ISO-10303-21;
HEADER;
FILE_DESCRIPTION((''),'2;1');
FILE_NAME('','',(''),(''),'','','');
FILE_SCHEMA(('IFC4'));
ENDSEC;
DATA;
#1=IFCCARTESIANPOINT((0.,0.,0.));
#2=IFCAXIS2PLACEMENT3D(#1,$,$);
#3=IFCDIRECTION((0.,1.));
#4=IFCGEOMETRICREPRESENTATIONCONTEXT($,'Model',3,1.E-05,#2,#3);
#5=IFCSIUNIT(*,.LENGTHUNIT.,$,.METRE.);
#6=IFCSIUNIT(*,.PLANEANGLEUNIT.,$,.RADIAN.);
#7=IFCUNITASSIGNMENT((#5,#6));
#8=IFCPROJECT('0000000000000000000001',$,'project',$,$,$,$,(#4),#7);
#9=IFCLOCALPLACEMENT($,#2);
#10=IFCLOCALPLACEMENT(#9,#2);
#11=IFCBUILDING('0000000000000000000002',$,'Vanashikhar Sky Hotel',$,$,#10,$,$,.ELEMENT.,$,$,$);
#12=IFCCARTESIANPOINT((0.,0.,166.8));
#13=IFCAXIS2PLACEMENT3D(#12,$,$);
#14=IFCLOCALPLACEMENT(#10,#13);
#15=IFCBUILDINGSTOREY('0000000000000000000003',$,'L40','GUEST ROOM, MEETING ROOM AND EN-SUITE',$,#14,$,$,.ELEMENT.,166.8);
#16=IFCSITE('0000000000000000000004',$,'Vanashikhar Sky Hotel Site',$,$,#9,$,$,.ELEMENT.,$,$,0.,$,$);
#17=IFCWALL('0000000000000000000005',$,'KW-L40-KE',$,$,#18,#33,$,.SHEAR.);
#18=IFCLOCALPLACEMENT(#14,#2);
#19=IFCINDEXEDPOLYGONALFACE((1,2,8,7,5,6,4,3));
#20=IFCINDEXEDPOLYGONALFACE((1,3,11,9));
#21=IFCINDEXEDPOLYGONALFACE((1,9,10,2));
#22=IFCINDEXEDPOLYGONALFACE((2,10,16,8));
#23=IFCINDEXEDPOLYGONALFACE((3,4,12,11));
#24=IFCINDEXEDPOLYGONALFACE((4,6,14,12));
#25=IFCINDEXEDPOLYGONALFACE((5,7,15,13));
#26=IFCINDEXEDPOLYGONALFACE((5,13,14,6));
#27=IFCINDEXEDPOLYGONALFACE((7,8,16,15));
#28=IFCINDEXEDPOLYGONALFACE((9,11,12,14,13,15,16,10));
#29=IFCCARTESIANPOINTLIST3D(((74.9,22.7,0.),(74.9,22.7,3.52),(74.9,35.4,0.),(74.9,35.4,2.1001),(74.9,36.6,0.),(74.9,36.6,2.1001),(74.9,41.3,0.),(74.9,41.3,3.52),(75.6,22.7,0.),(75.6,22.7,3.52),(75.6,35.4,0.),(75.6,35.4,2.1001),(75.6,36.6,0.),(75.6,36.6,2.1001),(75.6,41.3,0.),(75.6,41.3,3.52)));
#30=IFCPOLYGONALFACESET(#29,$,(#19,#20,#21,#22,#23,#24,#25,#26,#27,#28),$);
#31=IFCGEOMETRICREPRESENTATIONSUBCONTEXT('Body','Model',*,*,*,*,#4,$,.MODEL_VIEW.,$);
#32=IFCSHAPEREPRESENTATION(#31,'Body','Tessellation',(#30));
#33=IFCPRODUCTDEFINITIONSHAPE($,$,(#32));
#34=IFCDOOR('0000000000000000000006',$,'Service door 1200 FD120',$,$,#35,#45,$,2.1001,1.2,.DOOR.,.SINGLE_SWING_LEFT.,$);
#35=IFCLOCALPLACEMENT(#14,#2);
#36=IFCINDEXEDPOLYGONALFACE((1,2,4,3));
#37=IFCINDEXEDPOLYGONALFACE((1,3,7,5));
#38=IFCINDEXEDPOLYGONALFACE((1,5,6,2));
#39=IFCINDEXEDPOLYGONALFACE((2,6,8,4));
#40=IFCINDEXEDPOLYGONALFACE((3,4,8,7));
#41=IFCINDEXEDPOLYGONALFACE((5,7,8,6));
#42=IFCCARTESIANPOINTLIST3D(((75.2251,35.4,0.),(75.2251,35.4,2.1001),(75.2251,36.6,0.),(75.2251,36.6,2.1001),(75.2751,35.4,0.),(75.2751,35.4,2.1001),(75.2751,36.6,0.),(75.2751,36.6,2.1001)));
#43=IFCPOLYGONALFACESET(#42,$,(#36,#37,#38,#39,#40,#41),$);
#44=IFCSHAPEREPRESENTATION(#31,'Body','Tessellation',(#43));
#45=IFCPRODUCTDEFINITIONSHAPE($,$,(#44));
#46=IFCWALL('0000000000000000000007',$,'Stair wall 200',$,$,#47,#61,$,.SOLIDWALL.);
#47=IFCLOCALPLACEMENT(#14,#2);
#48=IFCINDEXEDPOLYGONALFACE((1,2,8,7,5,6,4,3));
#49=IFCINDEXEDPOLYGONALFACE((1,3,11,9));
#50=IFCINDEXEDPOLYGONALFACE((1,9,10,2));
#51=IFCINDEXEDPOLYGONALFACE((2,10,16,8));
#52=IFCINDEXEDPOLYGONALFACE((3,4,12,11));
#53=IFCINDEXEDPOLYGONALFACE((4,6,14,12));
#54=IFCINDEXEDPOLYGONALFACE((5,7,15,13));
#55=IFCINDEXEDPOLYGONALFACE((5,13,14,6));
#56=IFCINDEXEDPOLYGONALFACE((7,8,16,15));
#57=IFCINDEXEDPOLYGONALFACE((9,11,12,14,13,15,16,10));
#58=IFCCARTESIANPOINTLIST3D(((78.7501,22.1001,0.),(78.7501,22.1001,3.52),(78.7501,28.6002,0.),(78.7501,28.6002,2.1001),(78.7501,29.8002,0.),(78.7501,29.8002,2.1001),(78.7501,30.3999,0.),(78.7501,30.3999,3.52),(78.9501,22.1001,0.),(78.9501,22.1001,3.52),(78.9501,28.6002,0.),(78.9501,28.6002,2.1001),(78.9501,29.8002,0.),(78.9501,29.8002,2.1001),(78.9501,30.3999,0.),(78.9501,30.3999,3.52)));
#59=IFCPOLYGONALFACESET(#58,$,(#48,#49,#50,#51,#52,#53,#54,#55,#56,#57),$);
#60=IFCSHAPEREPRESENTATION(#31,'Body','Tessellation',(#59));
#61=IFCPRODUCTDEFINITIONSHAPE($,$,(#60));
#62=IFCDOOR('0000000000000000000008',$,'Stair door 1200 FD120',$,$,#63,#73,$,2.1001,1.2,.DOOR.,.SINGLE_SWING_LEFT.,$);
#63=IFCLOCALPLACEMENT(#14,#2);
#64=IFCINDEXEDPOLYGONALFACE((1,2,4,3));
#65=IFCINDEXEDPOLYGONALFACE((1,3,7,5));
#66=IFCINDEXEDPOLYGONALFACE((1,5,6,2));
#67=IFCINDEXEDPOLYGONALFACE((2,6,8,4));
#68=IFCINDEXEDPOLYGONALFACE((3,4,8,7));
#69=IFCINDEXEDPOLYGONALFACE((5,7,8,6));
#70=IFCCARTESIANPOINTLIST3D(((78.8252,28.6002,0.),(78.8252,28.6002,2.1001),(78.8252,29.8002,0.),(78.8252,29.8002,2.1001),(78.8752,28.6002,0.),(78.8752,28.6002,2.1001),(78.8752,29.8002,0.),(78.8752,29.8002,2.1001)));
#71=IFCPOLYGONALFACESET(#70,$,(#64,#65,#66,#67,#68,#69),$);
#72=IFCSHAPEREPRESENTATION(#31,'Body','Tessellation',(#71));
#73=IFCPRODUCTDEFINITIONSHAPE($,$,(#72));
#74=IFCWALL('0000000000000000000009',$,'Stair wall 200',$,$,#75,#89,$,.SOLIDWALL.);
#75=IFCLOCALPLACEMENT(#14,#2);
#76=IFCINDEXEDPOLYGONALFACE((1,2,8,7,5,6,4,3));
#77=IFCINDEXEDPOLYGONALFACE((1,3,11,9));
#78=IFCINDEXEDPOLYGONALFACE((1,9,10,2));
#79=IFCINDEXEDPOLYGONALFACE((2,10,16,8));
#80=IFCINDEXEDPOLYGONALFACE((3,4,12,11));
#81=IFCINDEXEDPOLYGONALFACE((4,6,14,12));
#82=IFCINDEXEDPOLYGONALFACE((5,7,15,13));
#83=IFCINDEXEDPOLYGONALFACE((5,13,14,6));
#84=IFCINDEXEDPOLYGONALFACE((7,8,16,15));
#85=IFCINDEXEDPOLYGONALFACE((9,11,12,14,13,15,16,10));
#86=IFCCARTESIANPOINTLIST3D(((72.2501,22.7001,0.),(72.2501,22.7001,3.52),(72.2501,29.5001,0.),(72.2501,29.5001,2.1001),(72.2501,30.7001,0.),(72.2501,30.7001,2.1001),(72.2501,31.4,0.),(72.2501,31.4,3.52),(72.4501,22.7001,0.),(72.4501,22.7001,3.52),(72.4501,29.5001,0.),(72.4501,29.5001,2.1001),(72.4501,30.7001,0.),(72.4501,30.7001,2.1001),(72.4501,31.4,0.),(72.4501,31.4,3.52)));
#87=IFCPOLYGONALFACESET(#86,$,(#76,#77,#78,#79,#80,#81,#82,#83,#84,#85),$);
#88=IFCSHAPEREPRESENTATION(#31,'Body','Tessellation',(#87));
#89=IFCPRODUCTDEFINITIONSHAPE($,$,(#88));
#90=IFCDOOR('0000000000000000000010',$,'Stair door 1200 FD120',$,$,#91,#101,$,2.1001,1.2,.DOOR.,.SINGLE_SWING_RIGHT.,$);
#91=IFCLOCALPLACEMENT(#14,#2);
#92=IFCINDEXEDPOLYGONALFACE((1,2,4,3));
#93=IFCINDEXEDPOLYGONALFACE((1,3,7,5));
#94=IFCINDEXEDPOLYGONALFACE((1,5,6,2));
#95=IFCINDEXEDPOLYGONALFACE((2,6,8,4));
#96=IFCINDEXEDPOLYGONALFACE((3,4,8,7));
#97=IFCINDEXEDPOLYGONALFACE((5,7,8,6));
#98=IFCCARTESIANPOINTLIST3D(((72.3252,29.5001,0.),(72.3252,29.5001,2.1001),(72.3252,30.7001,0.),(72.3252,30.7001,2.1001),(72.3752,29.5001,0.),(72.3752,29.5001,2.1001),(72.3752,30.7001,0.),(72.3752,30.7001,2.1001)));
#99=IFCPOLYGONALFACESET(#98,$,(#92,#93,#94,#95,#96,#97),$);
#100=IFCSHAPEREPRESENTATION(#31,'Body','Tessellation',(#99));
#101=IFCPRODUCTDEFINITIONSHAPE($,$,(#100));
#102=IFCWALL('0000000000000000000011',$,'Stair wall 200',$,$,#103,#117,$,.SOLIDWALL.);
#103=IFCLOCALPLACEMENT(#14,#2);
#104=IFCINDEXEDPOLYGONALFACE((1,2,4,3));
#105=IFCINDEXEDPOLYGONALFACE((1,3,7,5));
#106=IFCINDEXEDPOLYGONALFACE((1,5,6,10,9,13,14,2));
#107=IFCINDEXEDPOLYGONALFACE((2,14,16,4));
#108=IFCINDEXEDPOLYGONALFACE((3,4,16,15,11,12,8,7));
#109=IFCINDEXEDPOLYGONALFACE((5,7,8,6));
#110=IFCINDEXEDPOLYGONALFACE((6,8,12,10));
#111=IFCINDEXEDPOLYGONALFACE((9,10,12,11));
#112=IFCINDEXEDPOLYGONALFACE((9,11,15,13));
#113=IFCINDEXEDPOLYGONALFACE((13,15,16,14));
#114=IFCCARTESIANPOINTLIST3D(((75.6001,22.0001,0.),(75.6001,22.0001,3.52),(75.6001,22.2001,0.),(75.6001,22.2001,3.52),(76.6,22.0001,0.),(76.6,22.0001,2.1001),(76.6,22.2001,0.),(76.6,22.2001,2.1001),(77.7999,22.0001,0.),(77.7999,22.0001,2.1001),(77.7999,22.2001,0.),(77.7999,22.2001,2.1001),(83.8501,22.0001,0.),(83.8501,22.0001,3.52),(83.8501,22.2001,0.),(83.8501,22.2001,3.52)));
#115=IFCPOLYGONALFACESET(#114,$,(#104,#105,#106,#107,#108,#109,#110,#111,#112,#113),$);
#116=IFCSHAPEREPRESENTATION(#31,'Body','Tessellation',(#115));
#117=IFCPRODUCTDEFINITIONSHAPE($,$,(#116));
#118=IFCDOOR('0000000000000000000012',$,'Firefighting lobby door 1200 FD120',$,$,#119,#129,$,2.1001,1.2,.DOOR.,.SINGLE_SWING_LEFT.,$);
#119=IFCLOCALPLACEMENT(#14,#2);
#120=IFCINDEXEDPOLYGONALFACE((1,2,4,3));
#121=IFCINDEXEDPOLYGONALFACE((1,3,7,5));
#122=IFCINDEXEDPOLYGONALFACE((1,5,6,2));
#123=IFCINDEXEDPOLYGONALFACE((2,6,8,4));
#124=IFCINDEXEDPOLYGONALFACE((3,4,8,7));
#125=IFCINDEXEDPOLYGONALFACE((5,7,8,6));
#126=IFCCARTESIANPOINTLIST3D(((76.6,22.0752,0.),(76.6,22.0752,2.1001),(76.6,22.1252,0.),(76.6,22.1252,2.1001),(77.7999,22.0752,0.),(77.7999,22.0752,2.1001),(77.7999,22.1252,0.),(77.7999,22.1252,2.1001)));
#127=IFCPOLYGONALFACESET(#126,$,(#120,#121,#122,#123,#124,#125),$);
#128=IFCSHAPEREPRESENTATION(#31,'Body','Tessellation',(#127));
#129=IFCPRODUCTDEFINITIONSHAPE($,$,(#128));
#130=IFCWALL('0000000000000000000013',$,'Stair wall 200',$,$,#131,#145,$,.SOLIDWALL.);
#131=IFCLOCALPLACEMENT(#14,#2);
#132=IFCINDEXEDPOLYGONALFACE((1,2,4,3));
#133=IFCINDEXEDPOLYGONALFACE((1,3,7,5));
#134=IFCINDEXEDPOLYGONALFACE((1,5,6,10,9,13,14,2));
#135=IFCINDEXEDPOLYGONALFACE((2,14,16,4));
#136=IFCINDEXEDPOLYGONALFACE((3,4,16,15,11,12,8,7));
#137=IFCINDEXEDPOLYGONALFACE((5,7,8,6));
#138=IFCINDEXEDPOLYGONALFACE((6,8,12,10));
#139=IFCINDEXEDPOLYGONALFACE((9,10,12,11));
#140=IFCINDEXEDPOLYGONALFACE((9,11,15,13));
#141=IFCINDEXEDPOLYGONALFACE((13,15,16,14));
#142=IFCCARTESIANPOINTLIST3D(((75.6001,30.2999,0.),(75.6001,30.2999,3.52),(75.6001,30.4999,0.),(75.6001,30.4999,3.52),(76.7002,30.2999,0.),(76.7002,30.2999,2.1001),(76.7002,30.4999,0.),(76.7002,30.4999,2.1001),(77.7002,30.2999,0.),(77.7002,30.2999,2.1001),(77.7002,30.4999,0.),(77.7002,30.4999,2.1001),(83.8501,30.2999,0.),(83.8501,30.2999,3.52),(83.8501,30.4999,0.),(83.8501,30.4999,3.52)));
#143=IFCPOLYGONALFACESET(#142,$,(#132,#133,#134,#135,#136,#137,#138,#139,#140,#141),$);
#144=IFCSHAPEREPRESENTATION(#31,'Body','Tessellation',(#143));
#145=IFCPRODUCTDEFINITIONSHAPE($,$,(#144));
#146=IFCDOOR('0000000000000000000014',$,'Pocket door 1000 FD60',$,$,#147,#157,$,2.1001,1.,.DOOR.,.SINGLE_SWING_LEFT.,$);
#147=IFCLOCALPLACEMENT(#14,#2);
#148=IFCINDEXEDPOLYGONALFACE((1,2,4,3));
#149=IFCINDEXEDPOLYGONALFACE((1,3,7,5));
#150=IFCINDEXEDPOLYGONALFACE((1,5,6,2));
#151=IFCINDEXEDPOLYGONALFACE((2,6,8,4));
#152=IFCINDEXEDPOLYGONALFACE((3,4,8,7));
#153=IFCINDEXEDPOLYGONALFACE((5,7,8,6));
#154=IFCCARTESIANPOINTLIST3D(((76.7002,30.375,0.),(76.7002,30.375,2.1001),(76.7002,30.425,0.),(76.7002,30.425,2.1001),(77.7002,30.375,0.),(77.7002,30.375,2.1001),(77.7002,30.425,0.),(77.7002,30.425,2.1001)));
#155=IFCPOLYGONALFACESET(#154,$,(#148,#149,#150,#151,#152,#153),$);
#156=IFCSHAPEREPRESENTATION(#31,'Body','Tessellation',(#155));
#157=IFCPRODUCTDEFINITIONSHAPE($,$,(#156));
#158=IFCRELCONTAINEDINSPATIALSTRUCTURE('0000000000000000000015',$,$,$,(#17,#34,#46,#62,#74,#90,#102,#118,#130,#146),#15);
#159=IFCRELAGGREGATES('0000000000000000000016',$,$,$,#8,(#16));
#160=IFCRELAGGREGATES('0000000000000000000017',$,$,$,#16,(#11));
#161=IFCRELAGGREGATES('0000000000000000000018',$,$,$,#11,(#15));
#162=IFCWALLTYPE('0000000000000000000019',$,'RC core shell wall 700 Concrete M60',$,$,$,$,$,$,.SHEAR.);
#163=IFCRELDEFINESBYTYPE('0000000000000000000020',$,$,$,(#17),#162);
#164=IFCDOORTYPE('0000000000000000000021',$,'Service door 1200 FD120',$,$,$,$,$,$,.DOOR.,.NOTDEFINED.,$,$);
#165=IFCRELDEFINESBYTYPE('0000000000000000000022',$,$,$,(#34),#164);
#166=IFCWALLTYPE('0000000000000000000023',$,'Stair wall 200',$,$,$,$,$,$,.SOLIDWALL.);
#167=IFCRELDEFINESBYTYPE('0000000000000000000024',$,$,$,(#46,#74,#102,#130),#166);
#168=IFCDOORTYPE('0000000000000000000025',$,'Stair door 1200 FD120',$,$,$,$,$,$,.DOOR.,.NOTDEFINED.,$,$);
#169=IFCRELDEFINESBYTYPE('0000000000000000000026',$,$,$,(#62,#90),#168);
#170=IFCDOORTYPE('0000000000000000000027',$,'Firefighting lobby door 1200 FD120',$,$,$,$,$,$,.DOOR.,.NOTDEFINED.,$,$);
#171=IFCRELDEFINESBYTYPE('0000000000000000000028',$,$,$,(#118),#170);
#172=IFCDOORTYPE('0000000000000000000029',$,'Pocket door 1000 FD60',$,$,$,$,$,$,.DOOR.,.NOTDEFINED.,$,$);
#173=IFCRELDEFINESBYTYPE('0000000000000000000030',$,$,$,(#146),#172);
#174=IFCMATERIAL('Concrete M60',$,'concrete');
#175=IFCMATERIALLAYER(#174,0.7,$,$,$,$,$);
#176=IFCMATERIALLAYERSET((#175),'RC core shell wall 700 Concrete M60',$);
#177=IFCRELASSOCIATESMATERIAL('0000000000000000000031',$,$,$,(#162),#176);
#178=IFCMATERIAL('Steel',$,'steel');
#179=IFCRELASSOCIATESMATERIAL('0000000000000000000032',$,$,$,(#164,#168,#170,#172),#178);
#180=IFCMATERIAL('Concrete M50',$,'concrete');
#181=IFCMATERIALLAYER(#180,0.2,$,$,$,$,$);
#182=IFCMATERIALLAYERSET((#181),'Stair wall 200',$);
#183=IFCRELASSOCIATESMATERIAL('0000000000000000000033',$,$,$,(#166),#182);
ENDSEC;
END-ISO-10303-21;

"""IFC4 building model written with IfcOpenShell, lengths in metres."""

from ifc_helpers import new_model, si_unit, direction, frame, frame_2d, origin, place, context, subcontext, project, spatial, rectangle, extrude, source, transform, mapped, material, layer, layer_set, type_object, element, fill, save


model = new_model("IFC4")

# Units and contexts
model_context = context("Model", 3, precision=1e-05, world=origin(), true_north=direction((0.0, 1.0)))
body_context = subcontext(model_context, "Body", "Model", "MODEL_VIEW")
ifc_project = project(units=[si_unit("LENGTHUNIT", "METRE"), si_unit("PLANEANGLEUNIT", "RADIAN")], contexts=[model_context])

# Site, building, storey
site_placement = place(None, origin())
site = spatial("IfcSite", under=ifc_project, at=site_placement, Name="Vanashikhar Sky Hotel Site", CompositionType="ELEMENT", RefElevation=0.0)
building_placement = place(site_placement, origin())
building = spatial("IfcBuilding", under=site, at=building_placement, Name="Vanashikhar Sky Hotel", CompositionType="ELEMENT")
storey_placement = place(building_placement, frame((0.0, 0.0, 166.8)))
storey = spatial("IfcBuildingStorey", under=building, at=storey_placement, Name="L40", Description="GUEST ROOM, MEETING ROOM AND EN-SUITE", CompositionType="ELEMENT", Elevation=166.8)

# Walls, openings, doors
ifc_material_1 = material(Name="Concrete M60", Category="concrete")
ifc_layer_1 = layer(ifc_material_1, 0.7)
ifc_layer_set_1 = layer_set([ifc_layer_1], Name="RC core shell wall 700 Concrete M60")
wall_type_1 = type_object("IfcWallType", Name="RC core shell wall 700 Concrete M60", PredefinedType="SHEAR", material=ifc_layer_set_1)
shared_shape_1 = source(origin(), body_context, "Body", "SweptSolid", [
    extrude(rectangle(XDim=18.6001, YDim=0.7, at=frame_2d((9.3, 0.0))), origin(), (0.0, 0.0, 1.0), 3.52),
])
wall_1_placement = place(storey_placement, frame((75.25, 22.7, 0.0), z_axis=(0.0, 0.0, 1.0), x_axis=(0.0, 1.0, 0.0)))
wall_1 = element("IfcWall", 1, at=wall_1_placement, inside=storey, type_object=wall_type_1, Name="KW-L40-KE", PredefinedType="SHEAR", context=body_context, shape_type="MappedRepresentation", body=[
    mapped(shared_shape_1, transform((0.0, 0.0, 0.0), scale=1.0)),
])
shared_shape_2 = source(origin(), body_context, "Body", "SweptSolid", [
    extrude(rectangle(XDim=1.2, YDim=2.1001, at=frame_2d((0.6001, 1.05))), frame((0.0, 0.3599, 0.0), z_axis=(0.0, -1.0, 0.0), x_axis=(1.0, 0.0, 0.0)), (0.0, 0.0, 1.0), 0.72),
])
opening_1_placement = place(wall_1_placement, frame((12.7, 0.0, 0.0)))
opening_1 = element("IfcOpeningElement", 2, at=opening_1_placement, cuts=wall_1, PredefinedType="OPENING", context=body_context, shape_type="MappedRepresentation", body=[
    mapped(shared_shape_2, transform((0.0, 0.0, 0.0), scale=1.0)),
])
ifc_material_2 = material(Name="Steel", Category="steel")
door_type_1 = type_object("IfcDoorType", Name="Service door 1200 FD120", OperationType="NOTDEFINED", PredefinedType="DOOR", material=ifc_material_2)
shared_shape_3 = source(origin(), body_context, "Body", "SweptSolid", [
    extrude(rectangle(XDim=1.2, YDim=2.1001, at=frame_2d((0.6001, 1.05))), frame((0.0, 0.0249, 0.0), z_axis=(0.0, -1.0, 0.0), x_axis=(1.0, 0.0, 0.0)), (0.0, 0.0, 1.0), 0.05),
])
door_1_placement = place(opening_1_placement, origin())
door_1 = element("IfcDoor", 3, at=door_1_placement, inside=storey, type_object=door_type_1, Name="Service door 1200 FD120", OperationType="SINGLE_SWING_LEFT", OverallHeight=2.1001, OverallWidth=1.2, PredefinedType="DOOR", context=body_context, shape_type="MappedRepresentation", body=[
    mapped(shared_shape_3, transform((0.0, 0.0, 0.0), scale=1.0)),
])
fill(opening_1, door_1)
ifc_material_3 = material(Name="Concrete M50", Category="concrete")
ifc_layer_2 = layer(ifc_material_3, 0.2)
ifc_layer_set_2 = layer_set([ifc_layer_2], Name="Stair wall 200")
wall_type_2 = type_object("IfcWallType", Name="Stair wall 200", PredefinedType="SOLIDWALL", material=ifc_layer_set_2)
shared_shape_4 = source(origin(), body_context, "Body", "SweptSolid", [
    extrude(rectangle(XDim=8.2998, YDim=0.2, at=frame_2d((4.1499, 0.0))), origin(), (0.0, 0.0, 1.0), 3.52),
])
wall_2_placement = place(storey_placement, frame((78.8501, 22.1001, 0.0), z_axis=(0.0, 0.0, 1.0), x_axis=(0.0, 1.0, 0.0)))
wall_2 = element("IfcWall", 4, at=wall_2_placement, inside=storey, type_object=wall_type_2, Name="Stair wall 200", PredefinedType="SOLIDWALL", context=body_context, shape_type="MappedRepresentation", body=[
    mapped(shared_shape_4, transform((0.0, 0.0, 0.0), scale=1.0)),
])
shared_shape_5 = source(origin(), body_context, "Body", "SweptSolid", [
    extrude(rectangle(XDim=1.2, YDim=2.1001, at=frame_2d((0.6001, 1.05))), frame((0.0, 0.1099, 0.0), z_axis=(0.0, -1.0, 0.0), x_axis=(1.0, 0.0, 0.0)), (0.0, 0.0, 1.0), 0.22),
])
opening_2_placement = place(wall_2_placement, frame((6.5, 0.0, 0.0)))
opening_2 = element("IfcOpeningElement", 5, at=opening_2_placement, cuts=wall_2, PredefinedType="OPENING", context=body_context, shape_type="MappedRepresentation", body=[
    mapped(shared_shape_5, transform((0.0, 0.0, 0.0), scale=1.0)),
])
door_type_2 = type_object("IfcDoorType", Name="Stair door 1200 FD120", OperationType="NOTDEFINED", PredefinedType="DOOR", material=ifc_material_2)
door_2_placement = place(opening_2_placement, origin())
door_2 = element("IfcDoor", 6, at=door_2_placement, inside=storey, type_object=door_type_2, Name="Stair door 1200 FD120", OperationType="SINGLE_SWING_LEFT", OverallHeight=2.1001, OverallWidth=1.2, PredefinedType="DOOR", context=body_context, shape_type="MappedRepresentation", body=[
    mapped(shared_shape_3, transform((0.0, 0.0, 0.0), scale=1.0)),
])
fill(opening_2, door_2)
shared_shape_6 = source(origin(), body_context, "Body", "SweptSolid", [
    extrude(rectangle(XDim=8.7, YDim=0.2, at=frame_2d((4.3501, 0.0))), origin(), (0.0, 0.0, 1.0), 3.52),
])
wall_3_placement = place(storey_placement, frame((72.3501, 22.7, 0.0), z_axis=(0.0, 0.0, 1.0), x_axis=(0.0, 1.0, 0.0)))
wall_3 = element("IfcWall", 7, at=wall_3_placement, inside=storey, type_object=wall_type_2, Name="Stair wall 200", PredefinedType="SOLIDWALL", context=body_context, shape_type="MappedRepresentation", body=[
    mapped(shared_shape_6, transform((0.0, 0.0, 0.0), scale=1.0)),
])
opening_3_placement = place(wall_3_placement, frame((6.8, 0.0, 0.0)))
opening_3 = element("IfcOpeningElement", 8, at=opening_3_placement, cuts=wall_3, PredefinedType="OPENING", context=body_context, shape_type="MappedRepresentation", body=[
    mapped(shared_shape_5, transform((0.0, 0.0, 0.0), scale=1.0)),
])
door_3_placement = place(opening_3_placement, origin())
door_3 = element("IfcDoor", 9, at=door_3_placement, inside=storey, type_object=door_type_2, Name="Stair door 1200 FD120", OperationType="SINGLE_SWING_RIGHT", OverallHeight=2.1001, OverallWidth=1.2, PredefinedType="DOOR", context=body_context, shape_type="MappedRepresentation", body=[
    mapped(shared_shape_3, transform((0.0, 0.0, 0.0), scale=1.0)),
])
fill(opening_3, door_3)
shared_shape_7 = source(origin(), body_context, "Body", "SweptSolid", [
    extrude(rectangle(XDim=8.25, YDim=0.2, at=frame_2d((4.125, 0.0))), origin(), (0.0, 0.0, 1.0), 3.52),
])
wall_4_placement = place(storey_placement, frame((83.8501, 22.1001, 0.0), z_axis=(0.0, 0.0, 1.0), x_axis=(-1.0, 0.0, 0.0)))
wall_4 = element("IfcWall", 10, at=wall_4_placement, inside=storey, type_object=wall_type_2, Name="Stair wall 200", PredefinedType="SOLIDWALL", context=body_context, shape_type="MappedRepresentation", body=[
    mapped(shared_shape_7, transform((0.0, 0.0, 0.0), scale=1.0)),
])
opening_4_placement = place(wall_4_placement, frame((6.05, 0.0, 0.0)))
opening_4 = element("IfcOpeningElement", 11, at=opening_4_placement, cuts=wall_4, PredefinedType="OPENING", context=body_context, shape_type="MappedRepresentation", body=[
    mapped(shared_shape_5, transform((0.0, 0.0, 0.0), scale=1.0)),
])
door_type_3 = type_object("IfcDoorType", Name="Firefighting lobby door 1200 FD120", OperationType="NOTDEFINED", PredefinedType="DOOR", material=ifc_material_2)
door_4_placement = place(opening_4_placement, origin())
door_4 = element("IfcDoor", 12, at=door_4_placement, inside=storey, type_object=door_type_3, Name="Firefighting lobby door 1200 FD120", OperationType="SINGLE_SWING_LEFT", OverallHeight=2.1001, OverallWidth=1.2, PredefinedType="DOOR", context=body_context, shape_type="MappedRepresentation", body=[
    mapped(shared_shape_3, transform((0.0, 0.0, 0.0), scale=1.0)),
])
fill(opening_4, door_4)
wall_5_placement = place(storey_placement, frame((83.8501, 30.3999, 0.0), z_axis=(0.0, 0.0, 1.0), x_axis=(-1.0, 0.0, 0.0)))
wall_5 = element("IfcWall", 13, at=wall_5_placement, inside=storey, type_object=wall_type_2, Name="Stair wall 200", PredefinedType="SOLIDWALL", context=body_context, shape_type="MappedRepresentation", body=[
    mapped(shared_shape_7, transform((0.0, 0.0, 0.0), scale=1.0)),
])
shared_shape_8 = source(origin(), body_context, "Body", "SweptSolid", [
    extrude(rectangle(XDim=1.0, YDim=2.1001, at=frame_2d((0.5, 1.05))), frame((0.0, 0.1099, 0.0), z_axis=(0.0, -1.0, 0.0), x_axis=(1.0, 0.0, 0.0)), (0.0, 0.0, 1.0), 0.22),
])
opening_5_placement = place(wall_5_placement, frame((6.1499, 0.0, 0.0)))
opening_5 = element("IfcOpeningElement", 14, at=opening_5_placement, cuts=wall_5, PredefinedType="OPENING", context=body_context, shape_type="MappedRepresentation", body=[
    mapped(shared_shape_8, transform((0.0, 0.0, 0.0), scale=1.0)),
])
door_type_4 = type_object("IfcDoorType", Name="Pocket door 1000 FD60", OperationType="NOTDEFINED", PredefinedType="DOOR", material=ifc_material_2)
shared_shape_9 = source(origin(), body_context, "Body", "SweptSolid", [
    extrude(rectangle(XDim=1.0, YDim=2.1001, at=frame_2d((0.5, 1.05))), frame((0.0, 0.0249, 0.0), z_axis=(0.0, -1.0, 0.0), x_axis=(1.0, 0.0, 0.0)), (0.0, 0.0, 1.0), 0.05),
])
door_5_placement = place(opening_5_placement, origin())
door_5 = element("IfcDoor", 15, at=door_5_placement, inside=storey, type_object=door_type_4, Name="Pocket door 1000 FD60", OperationType="SINGLE_SWING_LEFT", OverallHeight=2.1001, OverallWidth=1.0, PredefinedType="DOOR", context=body_context, shape_type="MappedRepresentation", body=[
    mapped(shared_shape_9, transform((0.0, 0.0, 0.0), scale=1.0)),
])
fill(opening_5, door_5)

save(model, "model.ifc")
